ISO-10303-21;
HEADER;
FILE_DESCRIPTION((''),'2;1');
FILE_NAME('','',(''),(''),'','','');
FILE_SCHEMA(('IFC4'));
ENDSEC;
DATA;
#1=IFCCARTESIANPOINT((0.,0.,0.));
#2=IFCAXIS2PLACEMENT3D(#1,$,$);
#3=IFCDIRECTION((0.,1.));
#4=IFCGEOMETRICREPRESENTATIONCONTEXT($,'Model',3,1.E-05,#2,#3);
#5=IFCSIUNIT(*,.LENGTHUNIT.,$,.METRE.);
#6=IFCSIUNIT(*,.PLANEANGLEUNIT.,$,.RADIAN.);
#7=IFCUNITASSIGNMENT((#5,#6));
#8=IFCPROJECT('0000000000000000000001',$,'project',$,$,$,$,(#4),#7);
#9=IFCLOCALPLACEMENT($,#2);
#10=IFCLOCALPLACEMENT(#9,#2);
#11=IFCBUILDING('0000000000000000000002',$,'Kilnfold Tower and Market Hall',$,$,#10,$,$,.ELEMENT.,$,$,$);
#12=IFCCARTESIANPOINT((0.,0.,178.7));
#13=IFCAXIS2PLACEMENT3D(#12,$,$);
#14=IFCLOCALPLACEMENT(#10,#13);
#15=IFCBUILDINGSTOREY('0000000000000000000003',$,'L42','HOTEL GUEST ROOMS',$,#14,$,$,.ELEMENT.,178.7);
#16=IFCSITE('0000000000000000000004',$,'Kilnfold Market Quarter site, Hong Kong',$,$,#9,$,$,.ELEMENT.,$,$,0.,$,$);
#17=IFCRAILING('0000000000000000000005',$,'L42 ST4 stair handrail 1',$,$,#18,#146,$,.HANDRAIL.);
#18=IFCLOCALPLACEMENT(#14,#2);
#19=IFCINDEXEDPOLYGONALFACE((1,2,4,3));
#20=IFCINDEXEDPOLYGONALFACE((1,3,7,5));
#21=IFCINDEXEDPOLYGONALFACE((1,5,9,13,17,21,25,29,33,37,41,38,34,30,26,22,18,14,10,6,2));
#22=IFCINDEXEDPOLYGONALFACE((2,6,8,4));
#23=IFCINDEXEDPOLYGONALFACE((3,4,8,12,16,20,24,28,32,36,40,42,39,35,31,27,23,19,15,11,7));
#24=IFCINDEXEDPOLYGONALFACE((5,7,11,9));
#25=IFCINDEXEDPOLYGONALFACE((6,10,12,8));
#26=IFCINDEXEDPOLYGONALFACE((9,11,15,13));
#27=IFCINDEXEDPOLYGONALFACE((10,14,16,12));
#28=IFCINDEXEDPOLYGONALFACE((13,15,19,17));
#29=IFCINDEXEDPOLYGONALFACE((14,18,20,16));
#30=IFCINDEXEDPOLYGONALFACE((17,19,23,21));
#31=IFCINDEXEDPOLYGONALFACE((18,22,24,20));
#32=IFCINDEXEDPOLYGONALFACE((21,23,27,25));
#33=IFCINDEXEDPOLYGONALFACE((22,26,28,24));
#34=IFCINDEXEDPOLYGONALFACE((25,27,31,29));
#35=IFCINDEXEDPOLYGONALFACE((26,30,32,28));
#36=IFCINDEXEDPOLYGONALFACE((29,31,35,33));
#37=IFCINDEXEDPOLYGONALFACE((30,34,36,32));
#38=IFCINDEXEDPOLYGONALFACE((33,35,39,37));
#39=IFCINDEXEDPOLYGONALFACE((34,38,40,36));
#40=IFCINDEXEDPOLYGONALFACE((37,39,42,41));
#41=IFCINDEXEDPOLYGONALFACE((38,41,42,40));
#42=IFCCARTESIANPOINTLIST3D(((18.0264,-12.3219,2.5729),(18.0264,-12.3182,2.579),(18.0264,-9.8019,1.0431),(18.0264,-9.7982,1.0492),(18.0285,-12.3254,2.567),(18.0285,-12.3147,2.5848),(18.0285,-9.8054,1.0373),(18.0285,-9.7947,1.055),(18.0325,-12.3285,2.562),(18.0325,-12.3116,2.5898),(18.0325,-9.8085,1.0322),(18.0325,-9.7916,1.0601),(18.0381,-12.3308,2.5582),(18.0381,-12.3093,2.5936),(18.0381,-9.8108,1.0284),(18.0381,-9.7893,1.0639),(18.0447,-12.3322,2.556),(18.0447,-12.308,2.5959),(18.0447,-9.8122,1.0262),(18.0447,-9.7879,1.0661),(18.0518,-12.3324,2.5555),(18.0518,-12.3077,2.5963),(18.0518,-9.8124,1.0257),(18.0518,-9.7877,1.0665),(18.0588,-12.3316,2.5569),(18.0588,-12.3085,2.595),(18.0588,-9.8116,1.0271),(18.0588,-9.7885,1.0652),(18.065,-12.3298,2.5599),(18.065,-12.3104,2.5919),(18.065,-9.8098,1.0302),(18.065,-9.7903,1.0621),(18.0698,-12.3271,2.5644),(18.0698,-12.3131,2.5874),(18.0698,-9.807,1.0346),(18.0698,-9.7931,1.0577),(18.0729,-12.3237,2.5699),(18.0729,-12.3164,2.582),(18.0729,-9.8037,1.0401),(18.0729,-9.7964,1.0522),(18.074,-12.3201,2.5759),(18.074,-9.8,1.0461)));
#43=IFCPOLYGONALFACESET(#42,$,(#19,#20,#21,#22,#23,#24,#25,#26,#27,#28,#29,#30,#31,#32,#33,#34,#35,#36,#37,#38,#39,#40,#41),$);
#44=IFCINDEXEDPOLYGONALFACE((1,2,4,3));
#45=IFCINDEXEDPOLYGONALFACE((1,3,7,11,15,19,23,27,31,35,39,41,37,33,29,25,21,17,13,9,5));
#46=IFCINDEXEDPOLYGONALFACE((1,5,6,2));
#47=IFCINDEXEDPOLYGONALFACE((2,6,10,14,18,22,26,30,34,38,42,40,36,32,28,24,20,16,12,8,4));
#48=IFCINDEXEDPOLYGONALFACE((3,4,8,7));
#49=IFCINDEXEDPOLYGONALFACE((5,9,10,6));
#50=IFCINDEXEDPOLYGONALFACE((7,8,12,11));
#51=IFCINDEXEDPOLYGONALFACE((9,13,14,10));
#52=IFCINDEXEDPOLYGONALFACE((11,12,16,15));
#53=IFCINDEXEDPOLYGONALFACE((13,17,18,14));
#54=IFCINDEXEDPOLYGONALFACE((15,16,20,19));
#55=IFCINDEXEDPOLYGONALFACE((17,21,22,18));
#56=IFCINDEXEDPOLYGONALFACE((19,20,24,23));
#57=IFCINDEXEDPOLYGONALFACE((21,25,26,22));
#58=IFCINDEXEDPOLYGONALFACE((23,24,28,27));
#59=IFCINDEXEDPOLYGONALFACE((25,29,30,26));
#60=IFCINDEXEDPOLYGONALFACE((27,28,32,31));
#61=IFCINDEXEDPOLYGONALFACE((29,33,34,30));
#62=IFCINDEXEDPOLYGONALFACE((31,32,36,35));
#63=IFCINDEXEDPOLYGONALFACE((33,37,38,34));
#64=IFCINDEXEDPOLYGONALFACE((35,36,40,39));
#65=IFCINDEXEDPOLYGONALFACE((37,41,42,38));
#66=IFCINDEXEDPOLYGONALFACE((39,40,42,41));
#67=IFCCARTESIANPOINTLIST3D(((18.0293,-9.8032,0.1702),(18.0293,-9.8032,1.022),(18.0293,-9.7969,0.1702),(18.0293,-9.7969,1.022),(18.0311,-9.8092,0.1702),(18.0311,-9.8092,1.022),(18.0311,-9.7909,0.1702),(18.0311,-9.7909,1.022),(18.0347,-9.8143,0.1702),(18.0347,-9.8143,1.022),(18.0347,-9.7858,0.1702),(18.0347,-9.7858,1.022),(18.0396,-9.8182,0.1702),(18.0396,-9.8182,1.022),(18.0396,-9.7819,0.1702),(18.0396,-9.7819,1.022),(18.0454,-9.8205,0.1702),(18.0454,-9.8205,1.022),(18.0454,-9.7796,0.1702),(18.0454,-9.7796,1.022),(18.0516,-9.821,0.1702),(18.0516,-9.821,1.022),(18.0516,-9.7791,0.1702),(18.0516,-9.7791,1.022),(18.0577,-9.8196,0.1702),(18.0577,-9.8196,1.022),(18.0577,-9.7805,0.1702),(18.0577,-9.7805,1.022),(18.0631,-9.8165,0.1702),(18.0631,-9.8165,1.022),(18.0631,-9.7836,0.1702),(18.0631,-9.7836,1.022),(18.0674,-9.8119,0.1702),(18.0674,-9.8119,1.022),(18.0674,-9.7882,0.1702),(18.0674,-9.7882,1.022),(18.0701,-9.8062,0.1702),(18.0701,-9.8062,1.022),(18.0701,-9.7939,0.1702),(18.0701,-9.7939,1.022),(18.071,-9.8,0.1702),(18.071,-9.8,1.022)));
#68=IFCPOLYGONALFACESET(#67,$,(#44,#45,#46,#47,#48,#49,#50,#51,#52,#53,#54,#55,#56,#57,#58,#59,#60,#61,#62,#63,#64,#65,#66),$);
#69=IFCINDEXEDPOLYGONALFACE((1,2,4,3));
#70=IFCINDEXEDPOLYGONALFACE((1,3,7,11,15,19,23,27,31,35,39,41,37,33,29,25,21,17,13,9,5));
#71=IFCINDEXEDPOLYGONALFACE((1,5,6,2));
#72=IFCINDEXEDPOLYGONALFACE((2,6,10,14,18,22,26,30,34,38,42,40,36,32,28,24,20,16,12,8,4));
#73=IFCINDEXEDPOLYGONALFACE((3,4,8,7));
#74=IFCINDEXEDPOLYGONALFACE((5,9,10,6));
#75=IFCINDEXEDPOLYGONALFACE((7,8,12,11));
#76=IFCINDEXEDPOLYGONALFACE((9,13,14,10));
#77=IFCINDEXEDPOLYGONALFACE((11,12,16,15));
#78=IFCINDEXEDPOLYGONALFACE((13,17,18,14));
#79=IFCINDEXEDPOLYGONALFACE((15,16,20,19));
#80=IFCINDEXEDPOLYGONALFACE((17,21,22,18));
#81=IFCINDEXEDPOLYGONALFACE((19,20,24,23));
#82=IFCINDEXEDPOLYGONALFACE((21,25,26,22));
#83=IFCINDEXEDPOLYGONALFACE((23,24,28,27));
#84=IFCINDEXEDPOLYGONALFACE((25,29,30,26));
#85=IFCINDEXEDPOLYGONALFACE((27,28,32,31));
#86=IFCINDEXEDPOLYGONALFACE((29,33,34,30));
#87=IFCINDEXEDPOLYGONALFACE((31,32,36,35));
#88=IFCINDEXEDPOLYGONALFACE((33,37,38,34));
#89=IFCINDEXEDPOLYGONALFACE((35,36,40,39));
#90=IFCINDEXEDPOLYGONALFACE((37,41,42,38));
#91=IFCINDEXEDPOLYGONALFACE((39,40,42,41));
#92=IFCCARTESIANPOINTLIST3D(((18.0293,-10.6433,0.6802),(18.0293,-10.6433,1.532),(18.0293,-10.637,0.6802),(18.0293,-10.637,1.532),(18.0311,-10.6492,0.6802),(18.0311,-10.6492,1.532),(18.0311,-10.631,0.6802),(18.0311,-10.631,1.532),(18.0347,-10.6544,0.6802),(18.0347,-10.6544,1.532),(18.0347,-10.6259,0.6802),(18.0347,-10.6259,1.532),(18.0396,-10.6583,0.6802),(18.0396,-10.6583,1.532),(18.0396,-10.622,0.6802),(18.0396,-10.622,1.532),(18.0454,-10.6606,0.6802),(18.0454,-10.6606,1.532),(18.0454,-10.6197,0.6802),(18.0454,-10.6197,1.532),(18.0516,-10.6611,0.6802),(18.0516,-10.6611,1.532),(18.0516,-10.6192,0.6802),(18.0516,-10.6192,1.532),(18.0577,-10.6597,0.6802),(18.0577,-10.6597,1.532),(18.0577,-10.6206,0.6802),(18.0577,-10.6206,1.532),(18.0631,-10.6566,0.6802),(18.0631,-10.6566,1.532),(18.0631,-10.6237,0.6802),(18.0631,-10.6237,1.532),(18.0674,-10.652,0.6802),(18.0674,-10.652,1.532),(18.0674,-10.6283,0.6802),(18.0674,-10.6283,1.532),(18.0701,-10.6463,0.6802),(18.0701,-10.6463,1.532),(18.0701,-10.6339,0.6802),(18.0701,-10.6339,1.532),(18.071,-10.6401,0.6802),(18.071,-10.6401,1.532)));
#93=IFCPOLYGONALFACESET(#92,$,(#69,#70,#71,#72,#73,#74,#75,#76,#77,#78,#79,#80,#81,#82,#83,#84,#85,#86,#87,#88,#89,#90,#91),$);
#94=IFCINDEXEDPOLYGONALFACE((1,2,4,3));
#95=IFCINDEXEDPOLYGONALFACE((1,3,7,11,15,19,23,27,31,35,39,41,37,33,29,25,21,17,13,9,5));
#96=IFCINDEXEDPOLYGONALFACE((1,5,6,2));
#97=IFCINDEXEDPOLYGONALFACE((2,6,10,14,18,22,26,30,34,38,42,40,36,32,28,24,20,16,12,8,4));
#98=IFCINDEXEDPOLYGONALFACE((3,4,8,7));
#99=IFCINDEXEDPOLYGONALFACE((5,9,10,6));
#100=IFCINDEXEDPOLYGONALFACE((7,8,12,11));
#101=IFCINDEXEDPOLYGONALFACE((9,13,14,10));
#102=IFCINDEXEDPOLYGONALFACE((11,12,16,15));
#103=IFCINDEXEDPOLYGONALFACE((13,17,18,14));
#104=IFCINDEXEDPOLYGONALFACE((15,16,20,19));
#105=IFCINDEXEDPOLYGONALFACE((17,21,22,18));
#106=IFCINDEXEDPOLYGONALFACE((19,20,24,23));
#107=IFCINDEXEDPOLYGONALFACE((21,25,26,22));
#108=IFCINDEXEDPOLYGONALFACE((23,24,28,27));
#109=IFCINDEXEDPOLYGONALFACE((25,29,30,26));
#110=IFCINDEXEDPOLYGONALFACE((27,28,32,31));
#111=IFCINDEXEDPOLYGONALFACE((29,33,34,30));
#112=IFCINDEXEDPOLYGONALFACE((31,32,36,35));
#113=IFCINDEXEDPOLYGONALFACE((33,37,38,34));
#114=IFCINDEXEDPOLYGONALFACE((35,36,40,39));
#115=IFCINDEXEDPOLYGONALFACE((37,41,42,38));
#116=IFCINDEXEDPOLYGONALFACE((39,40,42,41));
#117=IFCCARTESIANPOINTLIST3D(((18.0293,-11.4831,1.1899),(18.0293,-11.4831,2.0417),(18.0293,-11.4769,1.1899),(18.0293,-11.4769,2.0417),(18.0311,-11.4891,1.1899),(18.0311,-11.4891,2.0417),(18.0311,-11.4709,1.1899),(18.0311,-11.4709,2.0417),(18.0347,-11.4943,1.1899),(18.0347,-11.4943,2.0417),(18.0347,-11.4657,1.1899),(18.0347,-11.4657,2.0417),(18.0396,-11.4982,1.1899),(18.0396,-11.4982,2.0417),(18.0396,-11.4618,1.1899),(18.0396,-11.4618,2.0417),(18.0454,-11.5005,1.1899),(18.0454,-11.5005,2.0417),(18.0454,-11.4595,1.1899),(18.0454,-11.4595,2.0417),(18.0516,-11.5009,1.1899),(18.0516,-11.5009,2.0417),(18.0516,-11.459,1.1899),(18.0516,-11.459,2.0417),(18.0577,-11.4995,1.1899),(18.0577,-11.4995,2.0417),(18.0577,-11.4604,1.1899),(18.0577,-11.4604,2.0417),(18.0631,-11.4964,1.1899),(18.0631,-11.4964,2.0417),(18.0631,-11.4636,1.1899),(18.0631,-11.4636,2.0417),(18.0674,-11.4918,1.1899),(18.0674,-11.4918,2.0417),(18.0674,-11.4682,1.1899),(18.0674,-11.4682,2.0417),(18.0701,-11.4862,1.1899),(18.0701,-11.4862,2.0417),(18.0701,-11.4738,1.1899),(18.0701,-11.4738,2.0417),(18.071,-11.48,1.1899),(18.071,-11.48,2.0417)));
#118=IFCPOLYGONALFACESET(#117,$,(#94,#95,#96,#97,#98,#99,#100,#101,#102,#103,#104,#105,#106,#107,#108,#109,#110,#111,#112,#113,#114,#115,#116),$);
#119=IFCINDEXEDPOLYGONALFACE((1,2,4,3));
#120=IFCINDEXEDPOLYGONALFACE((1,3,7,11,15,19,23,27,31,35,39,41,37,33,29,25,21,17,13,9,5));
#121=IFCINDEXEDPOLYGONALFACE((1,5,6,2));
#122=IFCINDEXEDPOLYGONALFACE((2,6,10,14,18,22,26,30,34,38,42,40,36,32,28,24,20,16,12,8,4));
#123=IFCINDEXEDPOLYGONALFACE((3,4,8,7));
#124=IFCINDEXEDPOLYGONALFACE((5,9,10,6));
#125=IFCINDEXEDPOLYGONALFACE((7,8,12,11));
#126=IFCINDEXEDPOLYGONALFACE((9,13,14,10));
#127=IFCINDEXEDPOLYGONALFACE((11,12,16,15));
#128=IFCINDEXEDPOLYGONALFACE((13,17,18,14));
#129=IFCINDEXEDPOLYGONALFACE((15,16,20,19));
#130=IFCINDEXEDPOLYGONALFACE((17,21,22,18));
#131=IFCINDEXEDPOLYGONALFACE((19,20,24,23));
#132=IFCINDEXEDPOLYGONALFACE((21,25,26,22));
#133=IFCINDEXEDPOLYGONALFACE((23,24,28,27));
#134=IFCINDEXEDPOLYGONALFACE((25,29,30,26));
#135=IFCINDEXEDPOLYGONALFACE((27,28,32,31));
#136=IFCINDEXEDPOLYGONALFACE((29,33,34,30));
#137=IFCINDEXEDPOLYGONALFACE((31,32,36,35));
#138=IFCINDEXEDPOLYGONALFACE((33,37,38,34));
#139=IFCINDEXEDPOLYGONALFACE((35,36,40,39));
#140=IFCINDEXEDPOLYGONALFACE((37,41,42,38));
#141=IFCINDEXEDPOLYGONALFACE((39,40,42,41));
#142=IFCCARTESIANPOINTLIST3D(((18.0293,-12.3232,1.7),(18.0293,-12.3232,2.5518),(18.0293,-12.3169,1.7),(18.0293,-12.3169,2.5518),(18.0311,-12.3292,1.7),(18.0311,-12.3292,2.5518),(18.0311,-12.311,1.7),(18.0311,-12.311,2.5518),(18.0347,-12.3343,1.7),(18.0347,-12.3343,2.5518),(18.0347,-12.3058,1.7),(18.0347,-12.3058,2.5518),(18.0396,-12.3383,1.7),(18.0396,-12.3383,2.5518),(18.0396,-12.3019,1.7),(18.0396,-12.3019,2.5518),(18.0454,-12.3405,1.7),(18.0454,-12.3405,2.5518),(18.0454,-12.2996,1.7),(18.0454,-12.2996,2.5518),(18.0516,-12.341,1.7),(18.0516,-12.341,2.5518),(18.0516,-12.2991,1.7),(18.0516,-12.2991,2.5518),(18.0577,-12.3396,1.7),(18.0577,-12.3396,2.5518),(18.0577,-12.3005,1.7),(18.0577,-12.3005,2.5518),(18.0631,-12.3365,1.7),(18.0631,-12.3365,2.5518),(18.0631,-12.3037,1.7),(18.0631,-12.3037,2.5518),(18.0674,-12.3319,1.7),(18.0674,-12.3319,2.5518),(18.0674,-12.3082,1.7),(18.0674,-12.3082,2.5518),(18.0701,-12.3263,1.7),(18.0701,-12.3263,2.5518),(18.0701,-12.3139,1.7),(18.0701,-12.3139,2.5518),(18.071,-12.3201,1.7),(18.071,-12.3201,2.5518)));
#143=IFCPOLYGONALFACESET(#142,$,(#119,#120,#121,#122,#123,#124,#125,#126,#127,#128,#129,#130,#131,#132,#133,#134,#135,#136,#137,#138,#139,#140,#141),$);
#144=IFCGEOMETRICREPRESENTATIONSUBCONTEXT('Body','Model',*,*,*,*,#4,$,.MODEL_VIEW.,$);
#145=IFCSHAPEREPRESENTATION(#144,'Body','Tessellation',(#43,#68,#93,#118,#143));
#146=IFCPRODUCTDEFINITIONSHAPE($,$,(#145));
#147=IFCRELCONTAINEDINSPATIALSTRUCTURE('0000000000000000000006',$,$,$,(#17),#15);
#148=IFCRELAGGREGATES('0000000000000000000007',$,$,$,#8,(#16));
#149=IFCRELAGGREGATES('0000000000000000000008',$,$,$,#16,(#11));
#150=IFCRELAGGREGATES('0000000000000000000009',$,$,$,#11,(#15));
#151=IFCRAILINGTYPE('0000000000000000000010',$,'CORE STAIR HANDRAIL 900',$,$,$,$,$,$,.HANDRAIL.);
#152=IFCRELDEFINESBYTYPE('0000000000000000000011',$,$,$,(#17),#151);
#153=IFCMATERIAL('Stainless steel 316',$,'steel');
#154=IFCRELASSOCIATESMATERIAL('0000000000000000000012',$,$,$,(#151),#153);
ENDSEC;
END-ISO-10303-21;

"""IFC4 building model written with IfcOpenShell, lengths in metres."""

from ifc_helpers import new_model, si_unit, direction, frame, origin, origin_2d, place, context, subcontext, project, spatial, circle, extrude, material, type_object, element, save


model = new_model("IFC4")

# Units and contexts
model_context = context("Model", 3, precision=1e-05, world=origin(), true_north=direction((0.0, 1.0)))
body_context = subcontext(model_context, "Body", "Model", "MODEL_VIEW")
ifc_project = project(units=[si_unit("LENGTHUNIT", "METRE"), si_unit("PLANEANGLEUNIT", "RADIAN")], contexts=[model_context])

# Site, building, storey
site_placement = place(None, origin())
site = spatial("IfcSite", under=ifc_project, at=site_placement, Name="Kilnfold Market Quarter site, Hong Kong", CompositionType="ELEMENT", RefElevation=0.0)
building_placement = place(site_placement, origin())
building = spatial("IfcBuilding", under=site, at=building_placement, Name="Kilnfold Tower and Market Hall", CompositionType="ELEMENT")
storey_placement = place(building_placement, frame((0.0, 0.0, 178.7)))
storey = spatial("IfcBuildingStorey", under=building, at=storey_placement, Name="L42", Description="HOTEL GUEST ROOMS", CompositionType="ELEMENT", Elevation=178.7)

# Railing
ifc_material_1 = material(Name="Stainless steel 316", Category="steel")
railing_type_1 = type_object("IfcRailingType", Name="CORE STAIR HANDRAIL 900", PredefinedType="HANDRAIL", material=ifc_material_1)
railing_1_placement = place(storey_placement, frame((18.05, -9.8, 0.1702)))
element("IfcRailing", 1, at=railing_1_placement, inside=storey, type_object=railing_type_1, Name="L42 ST4 stair handrail 1", PredefinedType="HANDRAIL", context=body_context, shape_type="SweptSolid", body=[
    extrude(circle(Radius=0.0239, at=origin_2d()), frame((0.0, 0.0, 0.876), z_axis=(0.0, -0.854822, 0.518922), x_axis=(1.0, 0.0, 0.0)), (0.0, 0.0, 1.0), 2.948),
    extrude(circle(Radius=0.021, at=origin_2d()), origin(), (0.0, 0.0, 1.0), 0.8518),
    extrude(circle(Radius=0.021, at=origin_2d()), frame((0.0, -0.8401, 0.51)), (0.0, 0.0, 1.0), 0.8518),
    extrude(circle(Radius=0.021, at=origin_2d()), frame((0.0, -1.6799, 1.0198)), (0.0, 0.0, 1.0), 0.8518),
    extrude(circle(Radius=0.021, at=origin_2d()), frame((0.0, -2.52, 1.5298)), (0.0, 0.0, 1.0), 0.8518),
])

save(model, "model.ifc")
